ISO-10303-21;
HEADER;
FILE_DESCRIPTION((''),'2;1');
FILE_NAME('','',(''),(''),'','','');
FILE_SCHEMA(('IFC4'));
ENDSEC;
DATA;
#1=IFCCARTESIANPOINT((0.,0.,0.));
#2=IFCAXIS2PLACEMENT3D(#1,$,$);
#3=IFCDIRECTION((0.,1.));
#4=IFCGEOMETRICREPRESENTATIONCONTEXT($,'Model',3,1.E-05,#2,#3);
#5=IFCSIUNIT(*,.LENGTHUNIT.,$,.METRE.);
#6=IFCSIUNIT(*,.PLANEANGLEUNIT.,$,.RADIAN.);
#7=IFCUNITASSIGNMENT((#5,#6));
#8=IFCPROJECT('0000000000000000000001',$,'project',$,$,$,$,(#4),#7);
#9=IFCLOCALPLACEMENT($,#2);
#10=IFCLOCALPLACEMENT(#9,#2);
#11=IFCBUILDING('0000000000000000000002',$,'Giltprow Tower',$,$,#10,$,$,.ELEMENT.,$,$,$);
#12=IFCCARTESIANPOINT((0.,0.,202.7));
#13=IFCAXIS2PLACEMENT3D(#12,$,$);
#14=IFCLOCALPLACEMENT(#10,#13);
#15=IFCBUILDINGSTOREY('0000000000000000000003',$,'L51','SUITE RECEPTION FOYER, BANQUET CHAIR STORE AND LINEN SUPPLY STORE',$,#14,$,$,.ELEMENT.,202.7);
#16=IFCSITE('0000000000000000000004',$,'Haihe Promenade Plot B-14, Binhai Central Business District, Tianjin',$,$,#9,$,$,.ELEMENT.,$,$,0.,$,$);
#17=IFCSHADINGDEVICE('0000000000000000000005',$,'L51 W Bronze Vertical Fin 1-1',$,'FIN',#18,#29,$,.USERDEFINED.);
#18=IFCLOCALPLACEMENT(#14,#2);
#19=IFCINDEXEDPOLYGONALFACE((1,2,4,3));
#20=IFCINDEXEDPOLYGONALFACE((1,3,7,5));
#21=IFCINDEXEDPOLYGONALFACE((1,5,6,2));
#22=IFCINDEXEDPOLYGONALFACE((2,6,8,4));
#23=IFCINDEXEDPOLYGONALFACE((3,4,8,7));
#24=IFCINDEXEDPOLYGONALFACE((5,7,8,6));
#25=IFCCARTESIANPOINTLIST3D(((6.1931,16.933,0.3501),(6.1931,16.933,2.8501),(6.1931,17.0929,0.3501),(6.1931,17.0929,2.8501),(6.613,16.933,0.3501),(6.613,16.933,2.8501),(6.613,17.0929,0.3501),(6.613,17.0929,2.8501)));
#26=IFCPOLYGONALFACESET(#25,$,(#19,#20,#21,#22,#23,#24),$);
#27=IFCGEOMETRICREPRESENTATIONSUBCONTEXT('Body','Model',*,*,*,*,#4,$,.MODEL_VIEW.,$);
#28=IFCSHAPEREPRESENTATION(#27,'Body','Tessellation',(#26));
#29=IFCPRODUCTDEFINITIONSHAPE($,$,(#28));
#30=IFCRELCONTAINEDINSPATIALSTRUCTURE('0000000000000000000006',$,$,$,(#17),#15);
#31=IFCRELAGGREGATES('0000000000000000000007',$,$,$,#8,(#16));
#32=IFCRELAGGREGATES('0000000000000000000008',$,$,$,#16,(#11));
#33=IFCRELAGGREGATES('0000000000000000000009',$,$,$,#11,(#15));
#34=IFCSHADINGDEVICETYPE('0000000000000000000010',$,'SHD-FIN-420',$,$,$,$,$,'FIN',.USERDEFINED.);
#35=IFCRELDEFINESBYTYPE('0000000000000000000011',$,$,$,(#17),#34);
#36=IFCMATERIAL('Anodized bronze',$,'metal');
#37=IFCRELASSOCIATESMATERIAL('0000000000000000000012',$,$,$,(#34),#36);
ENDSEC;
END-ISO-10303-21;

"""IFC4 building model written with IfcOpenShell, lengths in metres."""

from ifc_helpers import new_model, si_unit, direction, frame, origin, origin_2d, place, context, subcontext, project, spatial, rectangle, extrude, source, transform, mapped, material, type_object, element, save


model = new_model("IFC4")

# Units and contexts
model_context = context("Model", 3, precision=1e-05, world=origin(), true_north=direction((0.0, 1.0)))
body_context = subcontext(model_context, "Body", "Model", "MODEL_VIEW")
ifc_project = project(units=[si_unit("LENGTHUNIT", "METRE"), si_unit("PLANEANGLEUNIT", "RADIAN")], contexts=[model_context])

# Site, building, storey
site_placement = place(None, origin())
site = spatial("IfcSite", under=ifc_project, at=site_placement, Name="Haihe Promenade Plot B-14, Binhai Central Business District, Tianjin", CompositionType="ELEMENT", RefElevation=0.0)
building_placement = place(site_placement, origin())
building = spatial("IfcBuilding", under=site, at=building_placement, Name="Giltprow Tower", CompositionType="ELEMENT")
storey_placement = place(building_placement, frame((0.0, 0.0, 202.7)))
storey = spatial("IfcBuildingStorey", under=building, at=storey_placement, Name="L51", Description="SUITE RECEPTION FOYER, BANQUET CHAIR STORE AND LINEN SUPPLY STORE", CompositionType="ELEMENT", Elevation=202.7)

# Shared definitions
ifc_material_1 = material(Name="Anodized bronze", Category="metal")

# Shading device
shading_device_type = type_object("IfcShadingDeviceType", Name="SHD-FIN-420", ElementType="FIN", PredefinedType="USERDEFINED", material=ifc_material_1)
shared_shape_1 = source(origin(), body_context, "Body", "SweptSolid", [
    extrude(rectangle(XDim=0.4199, YDim=0.1599, at=origin_2d()), origin(), (0.0, 0.0, 1.0), 2.5),
])
shading_device_placement = place(storey_placement, frame((6.4031, 17.0129, 0.3501), z_axis=(0.0, 0.0, 1.0), x_axis=(1.0, 0.0, 0.0)))
element("IfcShadingDevice", 1, at=shading_device_placement, inside=storey, type_object=shading_device_type, Name="L51 W Bronze Vertical Fin 1-1", ObjectType="FIN", PredefinedType="USERDEFINED", context=body_context, shape_type="MappedRepresentation", body=[
    mapped(shared_shape_1, transform((0.0, 0.0, 0.0), x_axis=(1.0, 0.0, 0.0), y_axis=(0.0, 1.0, 0.0), z_axis=(0.0, 0.0, 1.0), scale=1.0)),
])

save(model, "model.ifc")
